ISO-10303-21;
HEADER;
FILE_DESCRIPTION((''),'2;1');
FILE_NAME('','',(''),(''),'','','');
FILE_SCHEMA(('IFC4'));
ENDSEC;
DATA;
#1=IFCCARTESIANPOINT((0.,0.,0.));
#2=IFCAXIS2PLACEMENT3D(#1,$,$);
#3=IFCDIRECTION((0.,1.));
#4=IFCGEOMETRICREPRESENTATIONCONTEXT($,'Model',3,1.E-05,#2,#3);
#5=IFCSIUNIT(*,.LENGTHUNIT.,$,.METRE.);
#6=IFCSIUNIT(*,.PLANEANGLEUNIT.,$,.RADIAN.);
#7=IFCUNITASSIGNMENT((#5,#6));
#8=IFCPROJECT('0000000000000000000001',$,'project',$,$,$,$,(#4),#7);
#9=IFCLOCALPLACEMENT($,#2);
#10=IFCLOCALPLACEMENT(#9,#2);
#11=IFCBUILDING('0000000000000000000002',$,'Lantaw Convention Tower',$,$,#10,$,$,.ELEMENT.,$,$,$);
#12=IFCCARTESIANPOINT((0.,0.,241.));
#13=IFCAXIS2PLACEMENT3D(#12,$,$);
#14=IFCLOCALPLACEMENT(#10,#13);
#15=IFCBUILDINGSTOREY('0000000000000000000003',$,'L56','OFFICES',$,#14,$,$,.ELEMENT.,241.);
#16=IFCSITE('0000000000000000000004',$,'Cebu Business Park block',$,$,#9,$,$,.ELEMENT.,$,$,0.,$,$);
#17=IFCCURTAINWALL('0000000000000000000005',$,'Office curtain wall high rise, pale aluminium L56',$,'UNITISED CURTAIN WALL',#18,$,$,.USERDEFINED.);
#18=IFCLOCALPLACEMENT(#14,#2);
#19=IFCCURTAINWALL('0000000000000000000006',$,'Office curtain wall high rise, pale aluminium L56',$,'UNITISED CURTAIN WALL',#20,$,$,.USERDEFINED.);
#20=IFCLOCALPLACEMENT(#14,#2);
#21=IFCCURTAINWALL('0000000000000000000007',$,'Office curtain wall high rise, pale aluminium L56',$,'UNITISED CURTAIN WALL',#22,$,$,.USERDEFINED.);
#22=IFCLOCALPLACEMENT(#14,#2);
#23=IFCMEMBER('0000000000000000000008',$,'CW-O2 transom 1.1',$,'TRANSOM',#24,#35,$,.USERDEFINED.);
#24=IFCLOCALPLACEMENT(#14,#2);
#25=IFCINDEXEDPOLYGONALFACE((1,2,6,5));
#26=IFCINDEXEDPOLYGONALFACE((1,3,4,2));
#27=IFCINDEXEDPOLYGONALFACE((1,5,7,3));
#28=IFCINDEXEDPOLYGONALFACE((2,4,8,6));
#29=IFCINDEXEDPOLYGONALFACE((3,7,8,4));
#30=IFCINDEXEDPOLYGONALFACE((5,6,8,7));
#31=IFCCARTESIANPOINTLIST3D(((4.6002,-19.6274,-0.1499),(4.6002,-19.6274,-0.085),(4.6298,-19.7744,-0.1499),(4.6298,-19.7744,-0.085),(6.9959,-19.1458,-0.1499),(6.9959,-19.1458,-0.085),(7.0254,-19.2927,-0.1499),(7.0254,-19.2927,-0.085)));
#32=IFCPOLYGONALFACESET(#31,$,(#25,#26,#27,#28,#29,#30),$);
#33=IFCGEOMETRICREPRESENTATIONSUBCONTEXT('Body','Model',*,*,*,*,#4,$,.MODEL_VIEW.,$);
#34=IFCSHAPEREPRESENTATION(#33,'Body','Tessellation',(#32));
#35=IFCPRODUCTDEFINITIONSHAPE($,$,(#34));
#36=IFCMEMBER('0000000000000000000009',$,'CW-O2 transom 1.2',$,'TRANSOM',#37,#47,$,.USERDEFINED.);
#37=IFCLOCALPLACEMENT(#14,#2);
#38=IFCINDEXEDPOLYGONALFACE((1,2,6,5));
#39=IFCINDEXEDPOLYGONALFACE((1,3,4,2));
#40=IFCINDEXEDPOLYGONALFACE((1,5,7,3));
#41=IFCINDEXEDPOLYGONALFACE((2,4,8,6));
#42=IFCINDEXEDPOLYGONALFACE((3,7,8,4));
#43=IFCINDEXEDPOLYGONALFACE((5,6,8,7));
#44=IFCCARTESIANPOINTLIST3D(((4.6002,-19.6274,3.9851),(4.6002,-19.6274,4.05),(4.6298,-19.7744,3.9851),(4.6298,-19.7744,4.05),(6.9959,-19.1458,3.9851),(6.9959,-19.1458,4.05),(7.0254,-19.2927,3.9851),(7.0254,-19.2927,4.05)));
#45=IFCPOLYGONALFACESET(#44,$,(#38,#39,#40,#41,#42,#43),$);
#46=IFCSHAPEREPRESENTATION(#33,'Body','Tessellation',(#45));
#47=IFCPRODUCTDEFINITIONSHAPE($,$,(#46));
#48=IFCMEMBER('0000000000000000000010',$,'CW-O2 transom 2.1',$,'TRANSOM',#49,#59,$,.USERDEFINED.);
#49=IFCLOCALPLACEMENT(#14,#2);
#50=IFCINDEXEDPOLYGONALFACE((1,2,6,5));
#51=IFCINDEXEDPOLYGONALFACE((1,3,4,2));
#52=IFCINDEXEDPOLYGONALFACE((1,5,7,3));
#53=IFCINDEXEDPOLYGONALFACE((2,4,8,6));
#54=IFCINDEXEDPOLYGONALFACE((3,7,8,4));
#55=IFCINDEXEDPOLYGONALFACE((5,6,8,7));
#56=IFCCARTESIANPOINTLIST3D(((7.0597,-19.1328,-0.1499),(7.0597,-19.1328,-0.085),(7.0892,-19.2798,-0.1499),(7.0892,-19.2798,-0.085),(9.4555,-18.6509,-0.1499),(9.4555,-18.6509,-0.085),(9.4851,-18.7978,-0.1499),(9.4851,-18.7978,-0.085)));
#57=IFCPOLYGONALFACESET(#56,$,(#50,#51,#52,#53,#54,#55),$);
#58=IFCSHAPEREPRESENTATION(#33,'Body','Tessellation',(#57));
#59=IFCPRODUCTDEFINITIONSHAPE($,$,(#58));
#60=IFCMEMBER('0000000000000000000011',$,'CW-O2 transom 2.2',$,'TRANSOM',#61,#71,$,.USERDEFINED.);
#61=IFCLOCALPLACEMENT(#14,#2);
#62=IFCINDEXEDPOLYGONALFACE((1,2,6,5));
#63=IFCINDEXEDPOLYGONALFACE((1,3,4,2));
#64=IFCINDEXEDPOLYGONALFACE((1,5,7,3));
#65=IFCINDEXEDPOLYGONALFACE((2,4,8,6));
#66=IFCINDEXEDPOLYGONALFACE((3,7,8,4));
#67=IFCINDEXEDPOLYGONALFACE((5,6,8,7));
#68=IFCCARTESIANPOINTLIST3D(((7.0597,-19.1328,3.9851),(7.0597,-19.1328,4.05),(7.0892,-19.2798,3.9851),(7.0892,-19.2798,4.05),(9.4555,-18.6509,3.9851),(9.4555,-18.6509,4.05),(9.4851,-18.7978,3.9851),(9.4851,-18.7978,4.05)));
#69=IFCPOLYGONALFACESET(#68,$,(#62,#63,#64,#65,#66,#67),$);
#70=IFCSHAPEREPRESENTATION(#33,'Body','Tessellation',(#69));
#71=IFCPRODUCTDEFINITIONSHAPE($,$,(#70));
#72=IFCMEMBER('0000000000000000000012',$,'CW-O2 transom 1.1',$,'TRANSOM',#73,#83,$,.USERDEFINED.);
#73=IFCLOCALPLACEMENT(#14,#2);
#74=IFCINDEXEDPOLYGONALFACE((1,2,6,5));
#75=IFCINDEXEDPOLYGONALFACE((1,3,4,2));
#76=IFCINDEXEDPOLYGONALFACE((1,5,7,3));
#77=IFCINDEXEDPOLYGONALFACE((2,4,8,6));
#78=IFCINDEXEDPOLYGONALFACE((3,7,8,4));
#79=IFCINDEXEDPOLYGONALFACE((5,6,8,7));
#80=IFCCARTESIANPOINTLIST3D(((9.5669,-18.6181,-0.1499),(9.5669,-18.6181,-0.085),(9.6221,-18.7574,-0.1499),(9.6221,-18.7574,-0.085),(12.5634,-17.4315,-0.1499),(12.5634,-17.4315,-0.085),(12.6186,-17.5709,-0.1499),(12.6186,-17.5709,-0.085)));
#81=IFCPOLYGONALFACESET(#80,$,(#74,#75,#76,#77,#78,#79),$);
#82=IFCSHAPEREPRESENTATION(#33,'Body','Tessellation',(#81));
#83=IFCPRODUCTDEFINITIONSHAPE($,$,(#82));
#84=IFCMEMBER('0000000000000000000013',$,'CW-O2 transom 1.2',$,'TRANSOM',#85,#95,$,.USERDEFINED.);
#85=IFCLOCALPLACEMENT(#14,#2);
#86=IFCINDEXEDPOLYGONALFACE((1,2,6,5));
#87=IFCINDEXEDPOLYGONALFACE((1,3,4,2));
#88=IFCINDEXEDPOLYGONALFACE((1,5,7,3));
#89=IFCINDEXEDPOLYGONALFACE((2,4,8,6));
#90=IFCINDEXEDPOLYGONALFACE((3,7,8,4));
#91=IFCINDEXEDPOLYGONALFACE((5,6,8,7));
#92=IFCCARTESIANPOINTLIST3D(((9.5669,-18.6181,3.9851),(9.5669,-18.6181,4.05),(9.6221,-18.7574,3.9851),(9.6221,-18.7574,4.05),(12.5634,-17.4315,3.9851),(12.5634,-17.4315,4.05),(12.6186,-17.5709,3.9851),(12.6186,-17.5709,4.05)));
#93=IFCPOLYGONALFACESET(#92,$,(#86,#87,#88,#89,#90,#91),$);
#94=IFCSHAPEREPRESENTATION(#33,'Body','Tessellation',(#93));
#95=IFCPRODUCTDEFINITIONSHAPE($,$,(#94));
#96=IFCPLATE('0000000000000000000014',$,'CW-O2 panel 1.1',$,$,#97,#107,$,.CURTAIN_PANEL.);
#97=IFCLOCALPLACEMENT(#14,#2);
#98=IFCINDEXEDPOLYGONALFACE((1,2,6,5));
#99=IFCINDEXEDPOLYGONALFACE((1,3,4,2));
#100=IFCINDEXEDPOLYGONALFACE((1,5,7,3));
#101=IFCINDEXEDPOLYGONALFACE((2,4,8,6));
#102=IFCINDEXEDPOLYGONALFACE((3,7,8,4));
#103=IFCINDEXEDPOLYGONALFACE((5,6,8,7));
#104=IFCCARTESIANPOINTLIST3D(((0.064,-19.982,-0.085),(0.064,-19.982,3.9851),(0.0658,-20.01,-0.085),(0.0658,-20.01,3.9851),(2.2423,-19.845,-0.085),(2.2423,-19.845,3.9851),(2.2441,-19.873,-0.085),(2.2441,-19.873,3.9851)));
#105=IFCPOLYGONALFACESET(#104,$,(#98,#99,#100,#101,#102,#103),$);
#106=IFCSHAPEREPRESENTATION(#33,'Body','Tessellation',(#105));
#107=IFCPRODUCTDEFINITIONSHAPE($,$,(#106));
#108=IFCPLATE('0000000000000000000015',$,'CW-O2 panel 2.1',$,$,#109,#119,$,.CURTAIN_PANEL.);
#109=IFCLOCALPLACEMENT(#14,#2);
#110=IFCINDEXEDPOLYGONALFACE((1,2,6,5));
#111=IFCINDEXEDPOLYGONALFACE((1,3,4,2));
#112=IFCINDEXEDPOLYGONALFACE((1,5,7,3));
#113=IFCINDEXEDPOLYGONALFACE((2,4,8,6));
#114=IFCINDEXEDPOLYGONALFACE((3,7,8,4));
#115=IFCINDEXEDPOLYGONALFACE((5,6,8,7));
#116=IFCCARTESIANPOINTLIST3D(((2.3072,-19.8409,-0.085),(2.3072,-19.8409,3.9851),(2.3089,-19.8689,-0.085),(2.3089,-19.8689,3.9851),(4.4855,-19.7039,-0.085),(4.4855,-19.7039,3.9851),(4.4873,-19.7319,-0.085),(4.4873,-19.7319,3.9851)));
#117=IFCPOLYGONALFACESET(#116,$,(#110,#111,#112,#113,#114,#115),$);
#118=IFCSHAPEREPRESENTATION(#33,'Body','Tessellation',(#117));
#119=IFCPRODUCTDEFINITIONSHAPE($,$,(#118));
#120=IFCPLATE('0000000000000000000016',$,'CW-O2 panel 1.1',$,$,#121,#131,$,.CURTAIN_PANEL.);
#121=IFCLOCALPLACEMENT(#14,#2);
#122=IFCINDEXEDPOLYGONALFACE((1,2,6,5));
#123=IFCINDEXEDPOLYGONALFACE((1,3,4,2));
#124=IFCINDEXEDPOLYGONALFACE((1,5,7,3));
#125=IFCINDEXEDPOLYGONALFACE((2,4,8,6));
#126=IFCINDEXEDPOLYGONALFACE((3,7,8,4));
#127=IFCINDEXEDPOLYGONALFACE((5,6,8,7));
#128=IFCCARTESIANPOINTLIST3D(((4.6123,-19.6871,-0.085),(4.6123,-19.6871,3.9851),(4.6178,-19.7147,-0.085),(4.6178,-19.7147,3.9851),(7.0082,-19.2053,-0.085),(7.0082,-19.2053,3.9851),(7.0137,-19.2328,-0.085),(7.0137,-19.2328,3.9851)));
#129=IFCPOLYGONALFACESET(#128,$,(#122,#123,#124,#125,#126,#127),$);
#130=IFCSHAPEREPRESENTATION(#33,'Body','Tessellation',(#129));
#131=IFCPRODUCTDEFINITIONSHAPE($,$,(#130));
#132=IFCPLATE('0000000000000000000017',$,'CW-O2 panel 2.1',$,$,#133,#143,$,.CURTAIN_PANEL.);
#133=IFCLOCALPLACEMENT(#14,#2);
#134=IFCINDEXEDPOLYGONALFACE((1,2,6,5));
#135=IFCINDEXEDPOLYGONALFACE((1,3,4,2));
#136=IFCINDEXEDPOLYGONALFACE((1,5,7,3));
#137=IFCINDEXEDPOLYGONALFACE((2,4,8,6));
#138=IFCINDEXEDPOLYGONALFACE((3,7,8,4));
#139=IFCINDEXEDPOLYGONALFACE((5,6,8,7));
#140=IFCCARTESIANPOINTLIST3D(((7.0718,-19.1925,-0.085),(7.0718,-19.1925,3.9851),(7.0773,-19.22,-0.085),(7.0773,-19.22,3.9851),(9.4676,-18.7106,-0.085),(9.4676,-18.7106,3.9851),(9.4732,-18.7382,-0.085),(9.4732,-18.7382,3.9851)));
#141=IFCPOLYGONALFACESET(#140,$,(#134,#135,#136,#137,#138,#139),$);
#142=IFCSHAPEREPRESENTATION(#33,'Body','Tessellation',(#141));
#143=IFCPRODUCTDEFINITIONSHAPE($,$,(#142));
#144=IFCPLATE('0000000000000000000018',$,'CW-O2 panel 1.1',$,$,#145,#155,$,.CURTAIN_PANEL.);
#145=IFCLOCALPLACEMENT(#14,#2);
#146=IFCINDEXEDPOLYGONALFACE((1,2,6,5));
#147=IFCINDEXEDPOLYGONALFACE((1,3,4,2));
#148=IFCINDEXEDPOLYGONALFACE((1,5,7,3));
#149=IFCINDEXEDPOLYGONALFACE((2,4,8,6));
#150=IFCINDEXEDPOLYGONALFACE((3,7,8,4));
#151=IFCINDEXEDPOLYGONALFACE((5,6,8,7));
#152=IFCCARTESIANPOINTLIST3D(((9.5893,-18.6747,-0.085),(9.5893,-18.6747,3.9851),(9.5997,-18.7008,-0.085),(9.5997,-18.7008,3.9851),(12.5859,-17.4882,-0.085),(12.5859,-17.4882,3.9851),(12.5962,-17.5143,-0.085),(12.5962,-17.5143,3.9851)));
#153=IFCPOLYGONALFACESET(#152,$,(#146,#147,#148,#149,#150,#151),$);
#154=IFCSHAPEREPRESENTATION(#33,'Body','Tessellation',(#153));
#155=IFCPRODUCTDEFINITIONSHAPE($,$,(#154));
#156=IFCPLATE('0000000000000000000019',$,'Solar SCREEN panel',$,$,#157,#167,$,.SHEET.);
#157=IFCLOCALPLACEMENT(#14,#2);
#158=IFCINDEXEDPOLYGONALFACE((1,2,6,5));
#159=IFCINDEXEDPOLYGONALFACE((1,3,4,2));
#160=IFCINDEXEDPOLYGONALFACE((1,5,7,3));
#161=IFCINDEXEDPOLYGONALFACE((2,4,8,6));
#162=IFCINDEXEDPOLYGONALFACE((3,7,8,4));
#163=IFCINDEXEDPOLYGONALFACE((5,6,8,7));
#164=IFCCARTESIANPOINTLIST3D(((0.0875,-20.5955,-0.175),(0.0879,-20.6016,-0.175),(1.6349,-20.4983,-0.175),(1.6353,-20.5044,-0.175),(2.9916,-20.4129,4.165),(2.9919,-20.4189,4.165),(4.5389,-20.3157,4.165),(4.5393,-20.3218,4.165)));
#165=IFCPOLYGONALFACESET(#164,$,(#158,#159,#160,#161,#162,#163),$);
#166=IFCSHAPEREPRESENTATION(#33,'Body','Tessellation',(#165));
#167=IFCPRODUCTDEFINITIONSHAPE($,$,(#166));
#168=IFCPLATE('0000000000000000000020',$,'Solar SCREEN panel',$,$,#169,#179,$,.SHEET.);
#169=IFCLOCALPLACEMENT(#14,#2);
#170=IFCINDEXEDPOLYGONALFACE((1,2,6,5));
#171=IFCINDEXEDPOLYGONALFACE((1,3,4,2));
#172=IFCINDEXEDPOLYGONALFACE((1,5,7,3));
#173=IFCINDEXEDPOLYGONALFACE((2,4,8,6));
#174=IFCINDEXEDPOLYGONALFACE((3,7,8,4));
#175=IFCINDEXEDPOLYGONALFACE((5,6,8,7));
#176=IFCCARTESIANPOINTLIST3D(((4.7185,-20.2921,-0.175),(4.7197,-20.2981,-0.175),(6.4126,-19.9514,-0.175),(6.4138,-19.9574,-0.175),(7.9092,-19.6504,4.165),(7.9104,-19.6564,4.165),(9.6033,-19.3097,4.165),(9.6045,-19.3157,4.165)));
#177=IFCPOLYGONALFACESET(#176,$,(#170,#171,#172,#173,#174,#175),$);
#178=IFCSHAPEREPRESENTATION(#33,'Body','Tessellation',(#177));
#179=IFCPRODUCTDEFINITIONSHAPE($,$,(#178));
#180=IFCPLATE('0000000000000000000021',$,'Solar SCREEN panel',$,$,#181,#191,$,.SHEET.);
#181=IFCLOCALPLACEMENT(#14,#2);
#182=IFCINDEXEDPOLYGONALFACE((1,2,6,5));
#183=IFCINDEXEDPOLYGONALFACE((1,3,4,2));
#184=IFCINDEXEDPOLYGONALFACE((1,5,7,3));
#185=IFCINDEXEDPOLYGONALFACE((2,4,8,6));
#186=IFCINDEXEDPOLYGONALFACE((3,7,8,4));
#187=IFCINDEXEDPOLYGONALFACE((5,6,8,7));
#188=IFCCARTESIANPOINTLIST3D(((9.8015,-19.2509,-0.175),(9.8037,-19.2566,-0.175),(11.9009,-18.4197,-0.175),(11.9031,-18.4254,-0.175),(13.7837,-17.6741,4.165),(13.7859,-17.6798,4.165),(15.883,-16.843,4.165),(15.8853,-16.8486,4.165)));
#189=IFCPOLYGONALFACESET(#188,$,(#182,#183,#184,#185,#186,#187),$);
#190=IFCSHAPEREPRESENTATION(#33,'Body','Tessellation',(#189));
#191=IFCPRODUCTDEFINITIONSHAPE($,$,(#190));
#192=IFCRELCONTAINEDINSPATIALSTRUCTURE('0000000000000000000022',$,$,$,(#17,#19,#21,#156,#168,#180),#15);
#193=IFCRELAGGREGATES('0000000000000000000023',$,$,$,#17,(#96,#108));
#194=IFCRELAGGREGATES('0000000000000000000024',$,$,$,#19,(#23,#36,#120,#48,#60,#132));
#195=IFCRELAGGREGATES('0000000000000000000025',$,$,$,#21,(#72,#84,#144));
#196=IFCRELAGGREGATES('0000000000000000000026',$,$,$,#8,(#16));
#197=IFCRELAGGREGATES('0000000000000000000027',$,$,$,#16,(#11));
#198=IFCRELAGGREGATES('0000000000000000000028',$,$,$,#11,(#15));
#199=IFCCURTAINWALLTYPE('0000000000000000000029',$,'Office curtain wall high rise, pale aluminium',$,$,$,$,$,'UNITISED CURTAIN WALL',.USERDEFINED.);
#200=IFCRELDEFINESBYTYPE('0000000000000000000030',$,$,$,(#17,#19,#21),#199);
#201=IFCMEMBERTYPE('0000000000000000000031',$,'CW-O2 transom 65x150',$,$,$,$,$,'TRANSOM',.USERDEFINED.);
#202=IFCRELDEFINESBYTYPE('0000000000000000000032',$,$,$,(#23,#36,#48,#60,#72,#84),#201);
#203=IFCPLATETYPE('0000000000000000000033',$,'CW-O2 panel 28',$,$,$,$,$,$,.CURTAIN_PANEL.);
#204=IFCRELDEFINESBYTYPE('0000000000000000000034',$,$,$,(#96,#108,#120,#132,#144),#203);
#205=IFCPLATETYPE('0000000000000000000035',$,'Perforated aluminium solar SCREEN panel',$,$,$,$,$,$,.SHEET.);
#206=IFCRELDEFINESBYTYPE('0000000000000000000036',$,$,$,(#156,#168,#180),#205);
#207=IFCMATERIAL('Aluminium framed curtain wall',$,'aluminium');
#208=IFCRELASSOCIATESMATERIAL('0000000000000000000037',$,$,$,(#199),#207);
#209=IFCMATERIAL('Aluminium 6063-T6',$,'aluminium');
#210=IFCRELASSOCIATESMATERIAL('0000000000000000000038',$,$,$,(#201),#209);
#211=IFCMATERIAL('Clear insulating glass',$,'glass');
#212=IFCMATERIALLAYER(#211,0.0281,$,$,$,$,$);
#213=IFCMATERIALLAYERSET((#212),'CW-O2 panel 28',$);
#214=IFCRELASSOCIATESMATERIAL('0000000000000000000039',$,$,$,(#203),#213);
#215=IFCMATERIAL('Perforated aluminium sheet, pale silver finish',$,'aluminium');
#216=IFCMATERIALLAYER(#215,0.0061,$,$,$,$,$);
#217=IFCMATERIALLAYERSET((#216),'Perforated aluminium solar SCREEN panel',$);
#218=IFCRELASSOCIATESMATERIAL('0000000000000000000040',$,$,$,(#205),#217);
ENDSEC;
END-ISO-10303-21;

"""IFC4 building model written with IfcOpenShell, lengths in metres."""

from ifc_helpers import new_model, si_unit, direction, frame, origin, origin_2d, place, context, subcontext, project, spatial, polyline, rectangle, outline, extrude, material, layer, layer_set, material_profile, profile_set, type_object, element, aggregate, save


model = new_model("IFC4")

# Units and contexts
model_context = context("Model", 3, precision=1e-05, world=origin(), true_north=direction((0.0, 1.0)))
body_context = subcontext(model_context, "Body", "Model", "MODEL_VIEW")
ifc_project = project(units=[si_unit("LENGTHUNIT", "METRE"), si_unit("PLANEANGLEUNIT", "RADIAN")], contexts=[model_context])

# Site, building, storey
site_placement = place(None, origin())
site = spatial("IfcSite", under=ifc_project, at=site_placement, Name="Cebu Business Park block", CompositionType="ELEMENT", RefElevation=0.0)
building_placement = place(site_placement, origin())
building = spatial("IfcBuilding", under=site, at=building_placement, Name="Lantaw Convention Tower", CompositionType="ELEMENT")
storey_placement = place(building_placement, frame((0.0, 0.0, 241.0)))
storey = spatial("IfcBuildingStorey", under=building, at=storey_placement, Name="L56", Description="OFFICES", CompositionType="ELEMENT", Elevation=241.0)

# Curtain walls
ifc_material_1 = material(Name="Aluminium framed curtain wall", Category="aluminium")
curtain_wall_type = type_object("IfcCurtainWallType", Name="Office curtain wall high rise, pale aluminium", ElementType="UNITISED CURTAIN WALL", PredefinedType="USERDEFINED", material=ifc_material_1)
curtain_wall_1_placement = place(storey_placement, origin())
curtain_wall_1 = element("IfcCurtainWall", 1, at=curtain_wall_1_placement, inside=storey, type_object=curtain_wall_type, Name="Office curtain wall high rise, pale aluminium L56", ObjectType="UNITISED CURTAIN WALL", PredefinedType="USERDEFINED")
ifc_material_2 = material(Name="Aluminium 6063-T6", Category="aluminium")
curtain_wall_2_placement = place(storey_placement, origin())
curtain_wall_2 = element("IfcCurtainWall", 2, at=curtain_wall_2_placement, inside=storey, type_object=curtain_wall_type, Name="Office curtain wall high rise, pale aluminium L56", ObjectType="UNITISED CURTAIN WALL", PredefinedType="USERDEFINED")

# Curtain wall
curtain_wall_3_placement = place(storey_placement, origin())
curtain_wall_3 = element("IfcCurtainWall", 3, at=curtain_wall_3_placement, inside=storey, type_object=curtain_wall_type, Name="Office curtain wall high rise, pale aluminium L56", ObjectType="UNITISED CURTAIN WALL", PredefinedType="USERDEFINED")

# Members
ifc_material_profile_1 = material_profile(ifc_material_2, rectangle(XDim=0.1499, YDim=0.0649, at=origin_2d()), Name="CW-O2 transom 65x150")
ifc_profile_set_1 = profile_set([ifc_material_profile_1], Name="Aluminium 6063-T6")
member_type_1 = type_object("IfcMemberType", Name="CW-O2 transom 65x150", ElementType="TRANSOM", PredefinedType="USERDEFINED", material=ifc_profile_set_1)
member_1_placement = place(storey_placement, frame((4.615, -19.7009, -0.1174), z_axis=(0.98038, 0.197115, 0.0), x_axis=(-0.197115, 0.98038, 0.0)))
member_1 = element("IfcMember", 4, at=member_1_placement, type_object=member_type_1, Name="CW-O2 transom 1.1", ObjectType="TRANSOM", PredefinedType="USERDEFINED", context=body_context, shape_type="SweptSolid", body=[
    extrude(rectangle(XDim=0.1499, YDim=0.0649, at=origin_2d()), origin(), (0.0, 0.0, 1.0), 2.4436),
])
member_2_placement = place(storey_placement, frame((4.615, -19.7009, 4.0176), z_axis=(0.98038, 0.197115, 0.0), x_axis=(-0.197115, 0.98038, 0.0)))
member_2 = element("IfcMember", 5, at=member_2_placement, type_object=member_type_1, Name="CW-O2 transom 1.2", ObjectType="TRANSOM", PredefinedType="USERDEFINED", context=body_context, shape_type="SweptSolid", body=[
    extrude(rectangle(XDim=0.1499, YDim=0.0649, at=origin_2d()), origin(), (0.0, 0.0, 1.0), 2.4436),
])
member_3_placement = place(storey_placement, frame((7.0745, -19.2063, -0.1174), z_axis=(0.980361, 0.197211, 0.0), x_axis=(-0.197211, 0.980361, 0.0)))
member_3 = element("IfcMember", 6, at=member_3_placement, type_object=member_type_1, Name="CW-O2 transom 2.1", ObjectType="TRANSOM", PredefinedType="USERDEFINED", context=body_context, shape_type="SweptSolid", body=[
    extrude(rectangle(XDim=0.1499, YDim=0.0649, at=origin_2d()), origin(), (0.0, 0.0, 1.0), 2.4438),
])
member_4_placement = place(storey_placement, frame((7.0745, -19.2063, 4.0176), z_axis=(0.980361, 0.197211, 0.0), x_axis=(-0.197211, 0.980361, 0.0)))
member_4 = element("IfcMember", 7, at=member_4_placement, type_object=member_type_1, Name="CW-O2 transom 2.2", ObjectType="TRANSOM", PredefinedType="USERDEFINED", context=body_context, shape_type="SweptSolid", body=[
    extrude(rectangle(XDim=0.1499, YDim=0.0649, at=origin_2d()), origin(), (0.0, 0.0, 1.0), 2.4438),
])
member_5_placement = place(storey_placement, frame((9.5945, -18.6877, -0.1174), z_axis=(0.929767, 0.368149, 0.0), x_axis=(-0.368149, 0.929767, 0.0)))
member_5 = element("IfcMember", 8, at=member_5_placement, type_object=member_type_1, Name="CW-O2 transom 1.1", ObjectType="TRANSOM", PredefinedType="USERDEFINED", context=body_context, shape_type="SweptSolid", body=[
    extrude(rectangle(XDim=0.1499, YDim=0.0649, at=origin_2d()), origin(), (0.0, 0.0, 1.0), 3.2229),
])
member_6_placement = place(storey_placement, frame((9.5945, -18.6877, 4.0176), z_axis=(0.929767, 0.368149, 0.0), x_axis=(-0.368149, 0.929767, 0.0)))
member_6 = element("IfcMember", 9, at=member_6_placement, type_object=member_type_1, Name="CW-O2 transom 1.2", ObjectType="TRANSOM", PredefinedType="USERDEFINED", context=body_context, shape_type="SweptSolid", body=[
    extrude(rectangle(XDim=0.1499, YDim=0.0649, at=origin_2d()), origin(), (0.0, 0.0, 1.0), 3.2229),
])

# Plates
ifc_material_3 = material(Name="Clear insulating glass", Category="glass")
ifc_layer_1 = layer(ifc_material_3, 0.0281)
ifc_layer_set_1 = layer_set([ifc_layer_1], Name="CW-O2 panel 28")
plate_type_1 = type_object("IfcPlateType", Name="CW-O2 panel 28", PredefinedType="CURTAIN_PANEL", material=ifc_layer_set_1)
plate_1_placement = place(storey_placement, frame((1.1541, -19.9275, -0.085), z_axis=(0.0, 0.0, 1.0), x_axis=(0.998029, 0.062758, 0.0)))
plate_1 = element("IfcPlate", 10, at=plate_1_placement, type_object=plate_type_1, Name="CW-O2 panel 1.1", PredefinedType="CURTAIN_PANEL", context=body_context, shape_type="SweptSolid", body=[
    extrude(rectangle(XDim=2.1826, YDim=0.0281, at=origin_2d()), origin(), (0.0, 0.0, 1.0), 4.0701),
])
plate_2_placement = place(storey_placement, frame((3.3972, -19.7864, -0.085), z_axis=(0.0, 0.0, 1.0), x_axis=(0.998029, 0.062758, 0.0)))
plate_2 = element("IfcPlate", 11, at=plate_2_placement, type_object=plate_type_1, Name="CW-O2 panel 2.1", PredefinedType="CURTAIN_PANEL", context=body_context, shape_type="SweptSolid", body=[
    extrude(rectangle(XDim=2.1826, YDim=0.0281, at=origin_2d()), origin(), (0.0, 0.0, 1.0), 4.0701),
])
aggregate(curtain_wall_1, [plate_1, plate_2])
plate_3_placement = place(storey_placement, frame((5.813, -19.46, -0.085), z_axis=(0.0, 0.0, 1.0), x_axis=(0.980367, 0.197183, 0.0)))
plate_3 = element("IfcPlate", 12, at=plate_3_placement, type_object=plate_type_1, Name="CW-O2 panel 1.1", PredefinedType="CURTAIN_PANEL", context=body_context, shape_type="SweptSolid", body=[
    extrude(rectangle(XDim=2.4438, YDim=0.0281, at=origin_2d()), origin(), (0.0, 0.0, 1.0), 4.0701),
])
plate_4_placement = place(storey_placement, frame((8.2725, -18.9653, -0.085), z_axis=(0.0, 0.0, 1.0), x_axis=(0.980367, 0.197183, 0.0)))
plate_4 = element("IfcPlate", 13, at=plate_4_placement, type_object=plate_type_1, Name="CW-O2 panel 2.1", PredefinedType="CURTAIN_PANEL", context=body_context, shape_type="SweptSolid", body=[
    extrude(rectangle(XDim=2.4438, YDim=0.0281, at=origin_2d()), origin(), (0.0, 0.0, 1.0), 4.0701),
])
aggregate(curtain_wall_2, [member_1, member_2, plate_3, member_3, member_4, plate_4])
plate_5_placement = place(storey_placement, frame((11.0928, -18.0945, -0.085), z_axis=(0.0, 0.0, 1.0), x_axis=(0.929762, 0.368162, 0.0)))
plate_5 = element("IfcPlate", 14, at=plate_5_placement, type_object=plate_type_1, Name="CW-O2 panel 1.1", PredefinedType="CURTAIN_PANEL", context=body_context, shape_type="SweptSolid", body=[
    extrude(rectangle(XDim=3.2229, YDim=0.0281, at=origin_2d()), origin(), (0.0, 0.0, 1.0), 4.0701),
])
aggregate(curtain_wall_3, [member_5, member_6, plate_5])

# Plates
ifc_material_4 = material(Name="Perforated aluminium sheet, pale silver finish", Category="aluminium")
ifc_layer_2 = layer(ifc_material_4, 0.0061)
ifc_layer_set_2 = layer_set([ifc_layer_2], Name="Perforated aluminium solar SCREEN panel")
plate_type_2 = type_object("IfcPlateType", Name="Perforated aluminium solar SCREEN panel", PredefinedType="SHEET", material=ifc_layer_set_2)
plate_6_placement = place(storey_placement, frame((0.0879, -20.6016, -0.175), z_axis=(0.062672, -0.998034, 0.000059), x_axis=(0.998034, 0.062672, 0.0)))
element("IfcPlate", 15, at=plate_6_placement, inside=storey, type_object=plate_type_2, Name="Solar SCREEN panel", PredefinedType="SHEET", context=body_context, shape_type="SweptSolid", body=[
    extrude(outline(polyline([(0.0, 0.0), (1.5504, 0.0), (4.4602, 4.3401), (2.9098, 4.3401), (0.0, 0.0)])), origin(), (0.0, 0.0, -1.0), 0.0061),
])
plate_7_placement = place(storey_placement, frame((4.7197, -20.2981, -0.175), z_axis=(0.197162, -0.980371, 0.000011), x_axis=(0.980371, 0.197162, 0.0)))
element("IfcPlate", 16, at=plate_7_placement, inside=storey, type_object=plate_type_2, Name="Solar SCREEN panel", PredefinedType="SHEET", context=body_context, shape_type="SweptSolid", body=[
    extrude(outline(polyline([(0.0, 0.0), (1.728, 0.0), (4.9826, 4.3401), (3.2546, 4.3401), (0.0, 0.0)])), origin(), (0.0, 0.0, -1.0), 0.0061),
])
plate_8_placement = place(storey_placement, frame((9.8037, -19.2566, -0.175), z_axis=(0.368117, -0.92978, 0.000036), x_axis=(0.92978, 0.368117, 0.0)))
element("IfcPlate", 17, at=plate_8_placement, inside=storey, type_object=plate_type_2, Name="Solar SCREEN panel", PredefinedType="SHEET", context=body_context, shape_type="SweptSolid", body=[
    extrude(outline(polyline([(0.0, 0.0), (2.258, 0.0), (6.5409, 4.3401), (4.283, 4.3401), (0.0, 0.0)])), origin(), (0.0, 0.0, -1.0), 0.0061),
])

save(model, "model.ifc")
